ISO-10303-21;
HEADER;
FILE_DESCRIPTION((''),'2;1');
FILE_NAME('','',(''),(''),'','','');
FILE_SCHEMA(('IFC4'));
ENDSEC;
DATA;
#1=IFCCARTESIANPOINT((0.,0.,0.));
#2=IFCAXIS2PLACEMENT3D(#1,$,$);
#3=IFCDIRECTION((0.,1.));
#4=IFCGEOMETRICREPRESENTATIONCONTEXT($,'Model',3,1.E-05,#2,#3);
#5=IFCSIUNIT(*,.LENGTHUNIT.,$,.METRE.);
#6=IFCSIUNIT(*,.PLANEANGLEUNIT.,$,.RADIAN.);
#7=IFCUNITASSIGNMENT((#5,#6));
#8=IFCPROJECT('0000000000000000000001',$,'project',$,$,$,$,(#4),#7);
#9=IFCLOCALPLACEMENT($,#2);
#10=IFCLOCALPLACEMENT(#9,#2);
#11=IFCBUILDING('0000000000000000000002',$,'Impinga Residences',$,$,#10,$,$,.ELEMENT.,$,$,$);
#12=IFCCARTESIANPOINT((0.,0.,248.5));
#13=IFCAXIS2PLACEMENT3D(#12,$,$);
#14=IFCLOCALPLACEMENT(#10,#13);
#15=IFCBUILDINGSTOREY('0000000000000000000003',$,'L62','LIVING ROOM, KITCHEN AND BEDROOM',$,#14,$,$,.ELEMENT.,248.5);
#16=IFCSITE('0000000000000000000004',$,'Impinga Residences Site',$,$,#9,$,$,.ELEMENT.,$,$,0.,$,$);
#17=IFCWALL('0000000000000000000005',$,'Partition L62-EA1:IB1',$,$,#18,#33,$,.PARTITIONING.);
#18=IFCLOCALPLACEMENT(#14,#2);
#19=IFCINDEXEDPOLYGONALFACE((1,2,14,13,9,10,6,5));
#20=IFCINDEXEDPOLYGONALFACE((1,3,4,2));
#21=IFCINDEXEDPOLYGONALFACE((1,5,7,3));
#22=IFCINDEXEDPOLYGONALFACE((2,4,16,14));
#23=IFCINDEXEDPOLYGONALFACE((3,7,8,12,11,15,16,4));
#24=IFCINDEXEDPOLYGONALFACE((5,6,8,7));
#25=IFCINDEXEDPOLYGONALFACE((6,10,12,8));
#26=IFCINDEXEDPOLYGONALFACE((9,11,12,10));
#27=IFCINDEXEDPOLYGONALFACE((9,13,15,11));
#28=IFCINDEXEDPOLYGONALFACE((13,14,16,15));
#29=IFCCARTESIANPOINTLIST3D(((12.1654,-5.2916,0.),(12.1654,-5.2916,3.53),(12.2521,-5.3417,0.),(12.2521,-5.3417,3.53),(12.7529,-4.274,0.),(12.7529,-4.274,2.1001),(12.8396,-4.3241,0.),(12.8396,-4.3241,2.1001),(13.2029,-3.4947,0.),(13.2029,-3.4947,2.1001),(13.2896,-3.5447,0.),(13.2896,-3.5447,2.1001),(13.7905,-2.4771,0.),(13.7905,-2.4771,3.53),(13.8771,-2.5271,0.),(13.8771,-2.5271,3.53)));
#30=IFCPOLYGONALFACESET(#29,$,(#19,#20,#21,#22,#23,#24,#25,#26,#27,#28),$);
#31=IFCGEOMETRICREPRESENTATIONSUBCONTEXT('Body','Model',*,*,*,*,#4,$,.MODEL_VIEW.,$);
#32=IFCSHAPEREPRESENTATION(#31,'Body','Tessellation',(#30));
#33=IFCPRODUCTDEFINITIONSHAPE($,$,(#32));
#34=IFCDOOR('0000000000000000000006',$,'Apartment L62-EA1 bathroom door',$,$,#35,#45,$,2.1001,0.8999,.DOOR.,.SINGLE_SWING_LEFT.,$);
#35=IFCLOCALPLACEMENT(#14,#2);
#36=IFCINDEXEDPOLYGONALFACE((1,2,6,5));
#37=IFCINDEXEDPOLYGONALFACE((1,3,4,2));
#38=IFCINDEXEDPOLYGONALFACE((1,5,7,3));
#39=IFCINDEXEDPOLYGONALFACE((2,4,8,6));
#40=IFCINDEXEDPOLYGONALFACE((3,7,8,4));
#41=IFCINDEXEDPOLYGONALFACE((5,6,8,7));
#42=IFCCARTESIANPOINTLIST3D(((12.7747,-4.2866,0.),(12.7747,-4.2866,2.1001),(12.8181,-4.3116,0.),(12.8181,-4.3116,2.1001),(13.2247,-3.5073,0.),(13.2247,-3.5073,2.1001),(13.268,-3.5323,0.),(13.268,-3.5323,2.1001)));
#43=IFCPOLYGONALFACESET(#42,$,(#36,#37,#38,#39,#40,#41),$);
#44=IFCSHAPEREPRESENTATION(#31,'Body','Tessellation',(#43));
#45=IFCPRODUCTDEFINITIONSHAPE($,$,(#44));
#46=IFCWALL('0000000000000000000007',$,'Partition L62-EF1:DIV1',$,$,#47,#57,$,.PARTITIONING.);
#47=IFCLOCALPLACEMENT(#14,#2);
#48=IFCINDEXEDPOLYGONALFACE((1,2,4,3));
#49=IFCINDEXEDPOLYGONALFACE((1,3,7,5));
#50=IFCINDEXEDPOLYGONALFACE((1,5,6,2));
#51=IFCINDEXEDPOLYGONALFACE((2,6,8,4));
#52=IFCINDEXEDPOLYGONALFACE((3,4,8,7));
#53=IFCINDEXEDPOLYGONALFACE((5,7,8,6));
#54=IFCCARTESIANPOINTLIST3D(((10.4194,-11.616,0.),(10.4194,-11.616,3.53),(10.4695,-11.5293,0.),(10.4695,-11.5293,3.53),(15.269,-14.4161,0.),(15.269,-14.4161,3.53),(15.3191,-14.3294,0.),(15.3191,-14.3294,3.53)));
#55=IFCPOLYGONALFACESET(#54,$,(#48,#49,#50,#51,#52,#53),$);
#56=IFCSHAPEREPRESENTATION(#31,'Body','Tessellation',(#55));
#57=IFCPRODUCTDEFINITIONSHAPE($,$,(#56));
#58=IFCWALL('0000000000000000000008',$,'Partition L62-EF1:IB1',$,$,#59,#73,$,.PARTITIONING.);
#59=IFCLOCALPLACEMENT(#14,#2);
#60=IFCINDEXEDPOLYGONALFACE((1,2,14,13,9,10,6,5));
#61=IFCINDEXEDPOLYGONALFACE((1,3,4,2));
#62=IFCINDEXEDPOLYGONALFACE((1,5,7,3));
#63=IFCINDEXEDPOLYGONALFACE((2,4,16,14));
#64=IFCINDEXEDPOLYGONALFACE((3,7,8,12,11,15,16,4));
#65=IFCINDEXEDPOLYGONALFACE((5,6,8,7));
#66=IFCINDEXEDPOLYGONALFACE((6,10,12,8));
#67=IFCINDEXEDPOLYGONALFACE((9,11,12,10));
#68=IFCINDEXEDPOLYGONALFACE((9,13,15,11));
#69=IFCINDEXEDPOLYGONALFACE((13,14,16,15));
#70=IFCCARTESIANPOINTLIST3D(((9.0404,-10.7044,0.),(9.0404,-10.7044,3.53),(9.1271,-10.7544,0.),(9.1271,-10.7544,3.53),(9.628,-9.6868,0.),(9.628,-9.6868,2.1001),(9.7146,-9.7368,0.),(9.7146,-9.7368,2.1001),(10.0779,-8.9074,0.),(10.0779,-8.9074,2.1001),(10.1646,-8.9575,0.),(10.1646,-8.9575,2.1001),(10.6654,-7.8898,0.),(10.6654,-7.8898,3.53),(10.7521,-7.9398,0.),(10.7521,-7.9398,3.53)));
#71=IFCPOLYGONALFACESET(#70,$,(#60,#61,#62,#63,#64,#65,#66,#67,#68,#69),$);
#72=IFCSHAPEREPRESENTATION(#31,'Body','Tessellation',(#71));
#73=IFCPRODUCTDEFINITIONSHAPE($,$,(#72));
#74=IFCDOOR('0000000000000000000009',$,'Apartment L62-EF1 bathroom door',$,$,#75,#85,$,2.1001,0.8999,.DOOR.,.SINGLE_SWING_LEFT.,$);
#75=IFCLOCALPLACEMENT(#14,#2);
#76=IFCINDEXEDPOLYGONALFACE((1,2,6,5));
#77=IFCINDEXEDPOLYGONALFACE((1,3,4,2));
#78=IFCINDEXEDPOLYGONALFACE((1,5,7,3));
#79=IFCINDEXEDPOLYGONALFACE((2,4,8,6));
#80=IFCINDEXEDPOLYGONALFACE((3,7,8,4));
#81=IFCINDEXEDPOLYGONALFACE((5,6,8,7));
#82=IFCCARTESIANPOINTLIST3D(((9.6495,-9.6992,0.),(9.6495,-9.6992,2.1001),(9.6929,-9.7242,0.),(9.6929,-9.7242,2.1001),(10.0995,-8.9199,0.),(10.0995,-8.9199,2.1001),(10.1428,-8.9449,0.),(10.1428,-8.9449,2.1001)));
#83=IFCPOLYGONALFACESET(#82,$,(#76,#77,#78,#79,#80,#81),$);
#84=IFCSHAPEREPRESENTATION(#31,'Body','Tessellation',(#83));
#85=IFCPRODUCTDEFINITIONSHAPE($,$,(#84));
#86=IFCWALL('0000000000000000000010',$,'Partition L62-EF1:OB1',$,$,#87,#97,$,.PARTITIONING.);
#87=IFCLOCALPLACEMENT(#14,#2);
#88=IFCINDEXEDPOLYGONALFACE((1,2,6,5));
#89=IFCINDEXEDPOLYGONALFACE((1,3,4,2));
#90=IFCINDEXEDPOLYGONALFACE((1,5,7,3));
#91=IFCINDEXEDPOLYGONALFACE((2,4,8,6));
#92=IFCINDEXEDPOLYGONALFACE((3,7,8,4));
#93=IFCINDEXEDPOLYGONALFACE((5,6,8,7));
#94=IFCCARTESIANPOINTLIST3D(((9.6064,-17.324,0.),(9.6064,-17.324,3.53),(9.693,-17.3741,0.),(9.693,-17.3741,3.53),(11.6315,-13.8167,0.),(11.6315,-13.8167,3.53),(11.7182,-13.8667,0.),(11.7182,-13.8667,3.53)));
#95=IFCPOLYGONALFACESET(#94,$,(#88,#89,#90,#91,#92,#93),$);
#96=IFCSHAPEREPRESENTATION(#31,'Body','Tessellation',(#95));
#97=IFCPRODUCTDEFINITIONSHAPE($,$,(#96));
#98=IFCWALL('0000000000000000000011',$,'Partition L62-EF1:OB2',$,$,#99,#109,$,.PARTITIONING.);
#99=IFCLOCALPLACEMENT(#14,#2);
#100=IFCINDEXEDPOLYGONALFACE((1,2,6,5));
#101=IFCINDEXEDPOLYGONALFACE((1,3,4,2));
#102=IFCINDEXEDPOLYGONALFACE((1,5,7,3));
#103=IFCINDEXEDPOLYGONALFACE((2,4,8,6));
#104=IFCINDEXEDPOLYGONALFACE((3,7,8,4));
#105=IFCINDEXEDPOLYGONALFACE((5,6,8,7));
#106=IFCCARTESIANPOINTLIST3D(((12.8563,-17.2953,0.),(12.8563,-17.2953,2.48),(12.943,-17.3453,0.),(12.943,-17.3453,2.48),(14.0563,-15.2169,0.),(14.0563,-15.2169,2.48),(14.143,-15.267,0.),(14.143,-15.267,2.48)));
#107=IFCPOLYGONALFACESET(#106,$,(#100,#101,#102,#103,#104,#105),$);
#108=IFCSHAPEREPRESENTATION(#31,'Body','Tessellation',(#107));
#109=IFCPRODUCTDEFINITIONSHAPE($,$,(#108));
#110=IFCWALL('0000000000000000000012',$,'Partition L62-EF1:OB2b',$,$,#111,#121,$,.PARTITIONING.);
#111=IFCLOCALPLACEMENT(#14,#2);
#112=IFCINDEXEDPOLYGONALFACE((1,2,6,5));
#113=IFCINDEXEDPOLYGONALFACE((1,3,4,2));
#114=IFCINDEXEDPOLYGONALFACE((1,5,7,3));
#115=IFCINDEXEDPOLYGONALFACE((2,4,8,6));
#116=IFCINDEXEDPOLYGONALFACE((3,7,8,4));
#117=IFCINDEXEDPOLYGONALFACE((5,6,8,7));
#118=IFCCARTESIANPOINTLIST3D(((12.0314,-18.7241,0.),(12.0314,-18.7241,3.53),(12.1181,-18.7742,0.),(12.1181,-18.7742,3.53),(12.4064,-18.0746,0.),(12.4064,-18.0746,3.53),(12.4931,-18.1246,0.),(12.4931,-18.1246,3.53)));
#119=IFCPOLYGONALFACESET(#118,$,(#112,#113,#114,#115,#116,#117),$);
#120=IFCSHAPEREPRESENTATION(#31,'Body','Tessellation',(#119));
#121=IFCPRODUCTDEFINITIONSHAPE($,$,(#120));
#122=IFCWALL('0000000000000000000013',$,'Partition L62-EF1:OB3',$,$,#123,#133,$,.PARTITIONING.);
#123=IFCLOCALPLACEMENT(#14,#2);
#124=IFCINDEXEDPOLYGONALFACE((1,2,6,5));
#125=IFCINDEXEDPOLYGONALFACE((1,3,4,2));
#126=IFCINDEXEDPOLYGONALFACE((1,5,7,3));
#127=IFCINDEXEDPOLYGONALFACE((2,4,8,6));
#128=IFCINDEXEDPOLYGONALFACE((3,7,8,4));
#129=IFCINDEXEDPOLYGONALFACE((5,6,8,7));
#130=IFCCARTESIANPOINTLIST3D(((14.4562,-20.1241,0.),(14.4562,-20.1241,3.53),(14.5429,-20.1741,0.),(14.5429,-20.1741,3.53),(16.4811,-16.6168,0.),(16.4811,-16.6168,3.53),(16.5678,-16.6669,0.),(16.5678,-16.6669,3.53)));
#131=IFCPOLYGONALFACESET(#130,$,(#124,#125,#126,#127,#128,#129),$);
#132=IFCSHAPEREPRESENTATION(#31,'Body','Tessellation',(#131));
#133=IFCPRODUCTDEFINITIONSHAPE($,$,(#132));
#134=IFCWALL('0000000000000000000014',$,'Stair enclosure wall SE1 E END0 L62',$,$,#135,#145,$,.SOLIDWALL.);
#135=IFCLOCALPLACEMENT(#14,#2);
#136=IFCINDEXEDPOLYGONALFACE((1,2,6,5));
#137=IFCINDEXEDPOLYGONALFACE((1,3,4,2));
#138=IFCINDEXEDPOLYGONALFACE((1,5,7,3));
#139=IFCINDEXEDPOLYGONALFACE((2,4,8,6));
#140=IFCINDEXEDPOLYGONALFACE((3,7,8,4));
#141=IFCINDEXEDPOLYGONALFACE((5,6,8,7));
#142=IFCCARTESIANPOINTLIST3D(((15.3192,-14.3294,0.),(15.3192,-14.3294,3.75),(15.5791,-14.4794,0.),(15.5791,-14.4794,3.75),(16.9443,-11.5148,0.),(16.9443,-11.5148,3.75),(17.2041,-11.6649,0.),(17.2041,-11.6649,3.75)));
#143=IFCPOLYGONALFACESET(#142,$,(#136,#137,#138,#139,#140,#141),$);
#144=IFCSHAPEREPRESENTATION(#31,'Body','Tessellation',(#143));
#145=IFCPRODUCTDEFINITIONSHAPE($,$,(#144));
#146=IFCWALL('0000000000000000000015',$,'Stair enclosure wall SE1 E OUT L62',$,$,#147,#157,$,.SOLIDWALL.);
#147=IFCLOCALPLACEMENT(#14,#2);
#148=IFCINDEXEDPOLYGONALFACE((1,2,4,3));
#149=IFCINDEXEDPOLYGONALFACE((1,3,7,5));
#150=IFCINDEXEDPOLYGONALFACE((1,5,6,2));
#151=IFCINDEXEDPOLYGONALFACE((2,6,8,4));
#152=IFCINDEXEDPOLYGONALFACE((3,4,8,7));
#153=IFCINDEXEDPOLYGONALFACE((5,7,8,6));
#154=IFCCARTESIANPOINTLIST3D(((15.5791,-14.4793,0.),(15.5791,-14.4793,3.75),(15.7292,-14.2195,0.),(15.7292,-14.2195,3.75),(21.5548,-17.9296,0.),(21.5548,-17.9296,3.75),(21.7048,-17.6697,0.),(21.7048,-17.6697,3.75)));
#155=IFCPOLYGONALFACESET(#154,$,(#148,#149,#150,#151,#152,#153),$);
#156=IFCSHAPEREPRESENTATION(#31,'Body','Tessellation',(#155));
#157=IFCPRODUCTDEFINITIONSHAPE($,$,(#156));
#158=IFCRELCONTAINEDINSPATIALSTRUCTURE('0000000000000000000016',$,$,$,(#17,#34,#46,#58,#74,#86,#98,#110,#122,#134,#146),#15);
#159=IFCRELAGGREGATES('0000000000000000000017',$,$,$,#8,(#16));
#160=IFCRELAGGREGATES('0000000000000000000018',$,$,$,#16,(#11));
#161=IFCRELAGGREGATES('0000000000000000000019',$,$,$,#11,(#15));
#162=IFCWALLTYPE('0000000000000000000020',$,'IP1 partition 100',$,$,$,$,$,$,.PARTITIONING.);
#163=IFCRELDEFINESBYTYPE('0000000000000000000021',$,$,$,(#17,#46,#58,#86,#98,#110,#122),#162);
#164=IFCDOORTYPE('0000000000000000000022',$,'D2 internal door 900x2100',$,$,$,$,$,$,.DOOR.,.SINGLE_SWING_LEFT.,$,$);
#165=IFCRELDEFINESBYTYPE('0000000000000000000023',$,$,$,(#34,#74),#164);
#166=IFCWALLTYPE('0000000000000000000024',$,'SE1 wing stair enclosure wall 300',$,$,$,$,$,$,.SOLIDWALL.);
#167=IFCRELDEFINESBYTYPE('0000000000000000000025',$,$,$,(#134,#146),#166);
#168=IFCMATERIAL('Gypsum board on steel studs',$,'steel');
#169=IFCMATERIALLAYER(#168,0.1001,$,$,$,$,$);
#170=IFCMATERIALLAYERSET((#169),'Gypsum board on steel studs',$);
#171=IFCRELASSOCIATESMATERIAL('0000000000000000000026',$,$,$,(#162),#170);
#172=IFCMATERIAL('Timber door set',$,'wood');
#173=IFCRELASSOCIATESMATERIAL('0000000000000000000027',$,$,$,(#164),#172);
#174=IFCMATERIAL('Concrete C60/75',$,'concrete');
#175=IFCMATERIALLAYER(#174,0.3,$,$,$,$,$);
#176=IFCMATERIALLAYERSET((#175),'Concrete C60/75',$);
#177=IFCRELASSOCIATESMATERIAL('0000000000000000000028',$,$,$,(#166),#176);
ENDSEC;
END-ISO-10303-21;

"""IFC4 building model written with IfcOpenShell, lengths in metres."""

from ifc_helpers import new_model, si_unit, direction, frame, frame_2d, origin, place, context, subcontext, project, spatial, rectangle, extrude, material, layer, layer_set, type_object, element, fill, save


model = new_model("IFC4")

# Units and contexts
model_context = context("Model", 3, precision=1e-05, world=origin(), true_north=direction((0.0, 1.0)))
body_context = subcontext(model_context, "Body", "Model", "MODEL_VIEW")
ifc_project = project(units=[si_unit("LENGTHUNIT", "METRE"), si_unit("PLANEANGLEUNIT", "RADIAN")], contexts=[model_context])

# Site, building, storey
site_placement = place(None, origin())
site = spatial("IfcSite", under=ifc_project, at=site_placement, Name="Impinga Residences Site", CompositionType="ELEMENT", RefElevation=0.0)
building_placement = place(site_placement, origin())
building = spatial("IfcBuilding", under=site, at=building_placement, Name="Impinga Residences", CompositionType="ELEMENT")
storey_placement = place(building_placement, frame((0.0, 0.0, 248.5)))
storey = spatial("IfcBuildingStorey", under=building, at=storey_placement, Name="L62", Description="LIVING ROOM, KITCHEN AND BEDROOM", CompositionType="ELEMENT", Elevation=248.5)

# Shared definitions
ifc_material_1 = material(Name="Concrete C60/75", Category="concrete")

# Shared definitions
ifc_material_2 = material(Name="Timber door set", Category="wood")

# Shared definitions
ifc_material_3 = material(Name="Gypsum board on steel studs", Category="steel")
ifc_layer_1 = layer(ifc_material_3, 0.1001)
ifc_layer_set_1 = layer_set([ifc_layer_1], Name="Gypsum board on steel studs")
wall_type_1 = type_object("IfcWallType", Name="IP1 partition 100", PredefinedType="PARTITIONING", material=ifc_layer_set_1)

# Wall, opening, door
wall_1_placement = place(storey_placement, frame((12.2087, -5.3167, 0.0), z_axis=(0.0, 0.0, 1.0), x_axis=(0.500017, 0.866015, 0.0)))
wall_1 = element("IfcWall", 1, at=wall_1_placement, inside=storey, type_object=wall_type_1, Name="Partition L62-EA1:IB1", PredefinedType="PARTITIONING", context=body_context, shape_type="SweptSolid", body=[
    extrude(rectangle(XDim=3.25, YDim=0.1001, at=frame_2d((1.625, 0.0))), origin(), (0.0, 0.0, 1.0), 3.53),
])
opening_1_placement = place(wall_1_placement, frame((1.175, 0.0, 0.0)))
opening_1 = element("IfcOpeningElement", 2, at=opening_1_placement, cuts=wall_1, PredefinedType="OPENING", context=body_context, shape_type="SweptSolid", body=[
    extrude(rectangle(XDim=0.8999, YDim=2.1001, at=frame_2d((0.45, 1.05))), frame((0.0, 0.0601, 0.0), z_axis=(0.0, -1.0, 0.0), x_axis=(1.0, 0.0, 0.0)), (0.0, 0.0, 1.0), 0.1201),
])
door_type_1 = type_object("IfcDoorType", Name="D2 internal door 900x2100", OperationType="SINGLE_SWING_LEFT", PredefinedType="DOOR", material=ifc_material_2)
door_1_placement = place(opening_1_placement, origin())
door_1 = element("IfcDoor", 3, at=door_1_placement, inside=storey, type_object=door_type_1, Name="Apartment L62-EA1 bathroom door", OperationType="SINGLE_SWING_LEFT", OverallHeight=2.1001, OverallWidth=0.8999, PredefinedType="DOOR", context=body_context, shape_type="SweptSolid", body=[
    extrude(rectangle(XDim=0.8999, YDim=2.1001, at=frame_2d((0.45, 1.05))), frame((0.0, 0.0249, 0.0), z_axis=(0.0, -1.0, 0.0), x_axis=(1.0, 0.0, 0.0)), (0.0, 0.0, 1.0), 0.05),
])
fill(opening_1, door_1)

# Wall
wall_2_placement = place(storey_placement, frame((10.4446, -11.5728, 0.0), z_axis=(0.0, 0.0, 1.0), x_axis=(0.866016, -0.500017, 0.0)))
element("IfcWall", 4, at=wall_2_placement, inside=storey, type_object=wall_type_1, Name="Partition L62-EF1:DIV1", PredefinedType="PARTITIONING", context=body_context, shape_type="SweptSolid", body=[
    extrude(rectangle(XDim=5.5999, YDim=0.1001, at=frame_2d((2.7998, 0.0))), origin(), (0.0, 0.0, 1.0), 3.53),
])

# Wall, opening, door
wall_3_placement = place(storey_placement, frame((10.7087, -7.9148, 0.0), z_axis=(0.0, 0.0, 1.0), x_axis=(-0.499985, -0.866034, 0.0)))
wall_3 = element("IfcWall", 5, at=wall_3_placement, inside=storey, type_object=wall_type_1, Name="Partition L62-EF1:IB1", PredefinedType="PARTITIONING", context=body_context, shape_type="SweptSolid", body=[
    extrude(rectangle(XDim=3.25, YDim=0.1001, at=frame_2d((1.625, 0.0))), origin(), (0.0, 0.0, 1.0), 3.53),
])
opening_2_placement = place(wall_3_placement, frame((1.175, 0.0, 0.0)))
opening_2 = element("IfcOpeningElement", 6, at=opening_2_placement, cuts=wall_3, PredefinedType="OPENING", context=body_context, shape_type="SweptSolid", body=[
    extrude(rectangle(XDim=0.8999, YDim=2.1001, at=frame_2d((0.45, 1.05))), frame((0.0, 0.0601, 0.0), z_axis=(0.0, -1.0, 0.0), x_axis=(1.0, 0.0, 0.0)), (0.0, 0.0, 1.0), 0.1201),
])
door_2_placement = place(opening_2_placement, origin())
door_2 = element("IfcDoor", 7, at=door_2_placement, inside=storey, type_object=door_type_1, Name="Apartment L62-EF1 bathroom door", OperationType="SINGLE_SWING_LEFT", OverallHeight=2.1001, OverallWidth=0.8999, PredefinedType="DOOR", context=body_context, shape_type="SweptSolid", body=[
    extrude(rectangle(XDim=0.8999, YDim=2.1001, at=frame_2d((0.45, 1.05))), frame((0.0, 0.0249, 0.0), z_axis=(0.0, -1.0, 0.0), x_axis=(1.0, 0.0, 0.0)), (0.0, 0.0, 1.0), 0.05),
])
fill(opening_2, door_2)

# Walls
wall_4_placement = place(storey_placement, frame((11.6748, -13.8418, 0.0), z_axis=(0.0, 0.0, 1.0), x_axis=(-0.500036, -0.866005, 0.0)))
element("IfcWall", 8, at=wall_4_placement, inside=storey, type_object=wall_type_1, Name="Partition L62-EF1:OB1", PredefinedType="PARTITIONING", context=body_context, shape_type="SweptSolid", body=[
    extrude(rectangle(XDim=4.05, YDim=0.1001, at=frame_2d((2.0249, 0.0))), origin(), (0.0, 0.0, 1.0), 3.53),
])
wall_5_placement = place(storey_placement, frame((14.0996, -15.2419, 0.0), z_axis=(0.0, 0.0, 1.0), x_axis=(-0.500001, -0.866025, 0.0)))
element("IfcWall", 9, at=wall_5_placement, inside=storey, type_object=wall_type_1, Name="Partition L62-EF1:OB2", PredefinedType="PARTITIONING", context=body_context, shape_type="SweptSolid", body=[
    extrude(rectangle(XDim=2.3999, YDim=0.1001, at=frame_2d((1.2, 0.0))), origin(), (0.0, 0.0, 1.0), 2.48),
])
wall_6_placement = place(storey_placement, frame((12.4497, -18.0996, 0.0), z_axis=(0.0, 0.0, 1.0), x_axis=(-0.49992, -0.866072, 0.0)))
element("IfcWall", 10, at=wall_6_placement, inside=storey, type_object=wall_type_1, Name="Partition L62-EF1:OB2b", PredefinedType="PARTITIONING", context=body_context, shape_type="SweptSolid", body=[
    extrude(rectangle(XDim=0.75, YDim=0.1001, at=frame_2d((0.375, 0.0))), origin(), (0.0, 0.0, 1.0), 3.53),
])
wall_7_placement = place(storey_placement, frame((16.5244, -16.6418, 0.0), z_axis=(0.0, 0.0, 1.0), x_axis=(-0.49999, -0.866031, 0.0)))
element("IfcWall", 11, at=wall_7_placement, inside=storey, type_object=wall_type_1, Name="Partition L62-EF1:OB3", PredefinedType="PARTITIONING", context=body_context, shape_type="SweptSolid", body=[
    extrude(rectangle(XDim=4.0498, YDim=0.1001, at=frame_2d((2.0249, 0.0))), origin(), (0.0, 0.0, 1.0), 3.53),
])
ifc_layer_2 = layer(ifc_material_1, 0.3)
ifc_layer_set_2 = layer_set([ifc_layer_2], Name="Concrete C60/75")
wall_type_2 = type_object("IfcWallType", Name="SE1 wing stair enclosure wall 300", PredefinedType="SOLIDWALL", material=ifc_layer_set_2)
wall_8_placement = place(storey_placement, frame((17.0742, -11.5898, 0.0), z_axis=(0.0, 0.0, 1.0), x_axis=(-0.500017, -0.866015, 0.0)))
element("IfcWall", 12, at=wall_8_placement, inside=storey, type_object=wall_type_2, Name="Stair enclosure wall SE1 E END0 L62", PredefinedType="SOLIDWALL", context=body_context, shape_type="SweptSolid", body=[
    extrude(rectangle(XDim=3.25, YDim=0.3, at=frame_2d((1.625, 0.0))), origin(), (0.0, 0.0, 1.0), 3.75),
])
wall_9_placement = place(storey_placement, frame((15.6541, -14.3494, 0.0), z_axis=(0.0, 0.0, 1.0), x_axis=(0.866014, -0.500021, 0.0)))
element("IfcWall", 13, at=wall_9_placement, inside=storey, type_object=wall_type_2, Name="Stair enclosure wall SE1 E OUT L62", PredefinedType="SOLIDWALL", context=body_context, shape_type="SweptSolid", body=[
    extrude(rectangle(XDim=6.9001, YDim=0.3, at=frame_2d((3.4502, 0.0))), origin(), (0.0, 0.0, 1.0), 3.75),
])

save(model, "model.ifc")
